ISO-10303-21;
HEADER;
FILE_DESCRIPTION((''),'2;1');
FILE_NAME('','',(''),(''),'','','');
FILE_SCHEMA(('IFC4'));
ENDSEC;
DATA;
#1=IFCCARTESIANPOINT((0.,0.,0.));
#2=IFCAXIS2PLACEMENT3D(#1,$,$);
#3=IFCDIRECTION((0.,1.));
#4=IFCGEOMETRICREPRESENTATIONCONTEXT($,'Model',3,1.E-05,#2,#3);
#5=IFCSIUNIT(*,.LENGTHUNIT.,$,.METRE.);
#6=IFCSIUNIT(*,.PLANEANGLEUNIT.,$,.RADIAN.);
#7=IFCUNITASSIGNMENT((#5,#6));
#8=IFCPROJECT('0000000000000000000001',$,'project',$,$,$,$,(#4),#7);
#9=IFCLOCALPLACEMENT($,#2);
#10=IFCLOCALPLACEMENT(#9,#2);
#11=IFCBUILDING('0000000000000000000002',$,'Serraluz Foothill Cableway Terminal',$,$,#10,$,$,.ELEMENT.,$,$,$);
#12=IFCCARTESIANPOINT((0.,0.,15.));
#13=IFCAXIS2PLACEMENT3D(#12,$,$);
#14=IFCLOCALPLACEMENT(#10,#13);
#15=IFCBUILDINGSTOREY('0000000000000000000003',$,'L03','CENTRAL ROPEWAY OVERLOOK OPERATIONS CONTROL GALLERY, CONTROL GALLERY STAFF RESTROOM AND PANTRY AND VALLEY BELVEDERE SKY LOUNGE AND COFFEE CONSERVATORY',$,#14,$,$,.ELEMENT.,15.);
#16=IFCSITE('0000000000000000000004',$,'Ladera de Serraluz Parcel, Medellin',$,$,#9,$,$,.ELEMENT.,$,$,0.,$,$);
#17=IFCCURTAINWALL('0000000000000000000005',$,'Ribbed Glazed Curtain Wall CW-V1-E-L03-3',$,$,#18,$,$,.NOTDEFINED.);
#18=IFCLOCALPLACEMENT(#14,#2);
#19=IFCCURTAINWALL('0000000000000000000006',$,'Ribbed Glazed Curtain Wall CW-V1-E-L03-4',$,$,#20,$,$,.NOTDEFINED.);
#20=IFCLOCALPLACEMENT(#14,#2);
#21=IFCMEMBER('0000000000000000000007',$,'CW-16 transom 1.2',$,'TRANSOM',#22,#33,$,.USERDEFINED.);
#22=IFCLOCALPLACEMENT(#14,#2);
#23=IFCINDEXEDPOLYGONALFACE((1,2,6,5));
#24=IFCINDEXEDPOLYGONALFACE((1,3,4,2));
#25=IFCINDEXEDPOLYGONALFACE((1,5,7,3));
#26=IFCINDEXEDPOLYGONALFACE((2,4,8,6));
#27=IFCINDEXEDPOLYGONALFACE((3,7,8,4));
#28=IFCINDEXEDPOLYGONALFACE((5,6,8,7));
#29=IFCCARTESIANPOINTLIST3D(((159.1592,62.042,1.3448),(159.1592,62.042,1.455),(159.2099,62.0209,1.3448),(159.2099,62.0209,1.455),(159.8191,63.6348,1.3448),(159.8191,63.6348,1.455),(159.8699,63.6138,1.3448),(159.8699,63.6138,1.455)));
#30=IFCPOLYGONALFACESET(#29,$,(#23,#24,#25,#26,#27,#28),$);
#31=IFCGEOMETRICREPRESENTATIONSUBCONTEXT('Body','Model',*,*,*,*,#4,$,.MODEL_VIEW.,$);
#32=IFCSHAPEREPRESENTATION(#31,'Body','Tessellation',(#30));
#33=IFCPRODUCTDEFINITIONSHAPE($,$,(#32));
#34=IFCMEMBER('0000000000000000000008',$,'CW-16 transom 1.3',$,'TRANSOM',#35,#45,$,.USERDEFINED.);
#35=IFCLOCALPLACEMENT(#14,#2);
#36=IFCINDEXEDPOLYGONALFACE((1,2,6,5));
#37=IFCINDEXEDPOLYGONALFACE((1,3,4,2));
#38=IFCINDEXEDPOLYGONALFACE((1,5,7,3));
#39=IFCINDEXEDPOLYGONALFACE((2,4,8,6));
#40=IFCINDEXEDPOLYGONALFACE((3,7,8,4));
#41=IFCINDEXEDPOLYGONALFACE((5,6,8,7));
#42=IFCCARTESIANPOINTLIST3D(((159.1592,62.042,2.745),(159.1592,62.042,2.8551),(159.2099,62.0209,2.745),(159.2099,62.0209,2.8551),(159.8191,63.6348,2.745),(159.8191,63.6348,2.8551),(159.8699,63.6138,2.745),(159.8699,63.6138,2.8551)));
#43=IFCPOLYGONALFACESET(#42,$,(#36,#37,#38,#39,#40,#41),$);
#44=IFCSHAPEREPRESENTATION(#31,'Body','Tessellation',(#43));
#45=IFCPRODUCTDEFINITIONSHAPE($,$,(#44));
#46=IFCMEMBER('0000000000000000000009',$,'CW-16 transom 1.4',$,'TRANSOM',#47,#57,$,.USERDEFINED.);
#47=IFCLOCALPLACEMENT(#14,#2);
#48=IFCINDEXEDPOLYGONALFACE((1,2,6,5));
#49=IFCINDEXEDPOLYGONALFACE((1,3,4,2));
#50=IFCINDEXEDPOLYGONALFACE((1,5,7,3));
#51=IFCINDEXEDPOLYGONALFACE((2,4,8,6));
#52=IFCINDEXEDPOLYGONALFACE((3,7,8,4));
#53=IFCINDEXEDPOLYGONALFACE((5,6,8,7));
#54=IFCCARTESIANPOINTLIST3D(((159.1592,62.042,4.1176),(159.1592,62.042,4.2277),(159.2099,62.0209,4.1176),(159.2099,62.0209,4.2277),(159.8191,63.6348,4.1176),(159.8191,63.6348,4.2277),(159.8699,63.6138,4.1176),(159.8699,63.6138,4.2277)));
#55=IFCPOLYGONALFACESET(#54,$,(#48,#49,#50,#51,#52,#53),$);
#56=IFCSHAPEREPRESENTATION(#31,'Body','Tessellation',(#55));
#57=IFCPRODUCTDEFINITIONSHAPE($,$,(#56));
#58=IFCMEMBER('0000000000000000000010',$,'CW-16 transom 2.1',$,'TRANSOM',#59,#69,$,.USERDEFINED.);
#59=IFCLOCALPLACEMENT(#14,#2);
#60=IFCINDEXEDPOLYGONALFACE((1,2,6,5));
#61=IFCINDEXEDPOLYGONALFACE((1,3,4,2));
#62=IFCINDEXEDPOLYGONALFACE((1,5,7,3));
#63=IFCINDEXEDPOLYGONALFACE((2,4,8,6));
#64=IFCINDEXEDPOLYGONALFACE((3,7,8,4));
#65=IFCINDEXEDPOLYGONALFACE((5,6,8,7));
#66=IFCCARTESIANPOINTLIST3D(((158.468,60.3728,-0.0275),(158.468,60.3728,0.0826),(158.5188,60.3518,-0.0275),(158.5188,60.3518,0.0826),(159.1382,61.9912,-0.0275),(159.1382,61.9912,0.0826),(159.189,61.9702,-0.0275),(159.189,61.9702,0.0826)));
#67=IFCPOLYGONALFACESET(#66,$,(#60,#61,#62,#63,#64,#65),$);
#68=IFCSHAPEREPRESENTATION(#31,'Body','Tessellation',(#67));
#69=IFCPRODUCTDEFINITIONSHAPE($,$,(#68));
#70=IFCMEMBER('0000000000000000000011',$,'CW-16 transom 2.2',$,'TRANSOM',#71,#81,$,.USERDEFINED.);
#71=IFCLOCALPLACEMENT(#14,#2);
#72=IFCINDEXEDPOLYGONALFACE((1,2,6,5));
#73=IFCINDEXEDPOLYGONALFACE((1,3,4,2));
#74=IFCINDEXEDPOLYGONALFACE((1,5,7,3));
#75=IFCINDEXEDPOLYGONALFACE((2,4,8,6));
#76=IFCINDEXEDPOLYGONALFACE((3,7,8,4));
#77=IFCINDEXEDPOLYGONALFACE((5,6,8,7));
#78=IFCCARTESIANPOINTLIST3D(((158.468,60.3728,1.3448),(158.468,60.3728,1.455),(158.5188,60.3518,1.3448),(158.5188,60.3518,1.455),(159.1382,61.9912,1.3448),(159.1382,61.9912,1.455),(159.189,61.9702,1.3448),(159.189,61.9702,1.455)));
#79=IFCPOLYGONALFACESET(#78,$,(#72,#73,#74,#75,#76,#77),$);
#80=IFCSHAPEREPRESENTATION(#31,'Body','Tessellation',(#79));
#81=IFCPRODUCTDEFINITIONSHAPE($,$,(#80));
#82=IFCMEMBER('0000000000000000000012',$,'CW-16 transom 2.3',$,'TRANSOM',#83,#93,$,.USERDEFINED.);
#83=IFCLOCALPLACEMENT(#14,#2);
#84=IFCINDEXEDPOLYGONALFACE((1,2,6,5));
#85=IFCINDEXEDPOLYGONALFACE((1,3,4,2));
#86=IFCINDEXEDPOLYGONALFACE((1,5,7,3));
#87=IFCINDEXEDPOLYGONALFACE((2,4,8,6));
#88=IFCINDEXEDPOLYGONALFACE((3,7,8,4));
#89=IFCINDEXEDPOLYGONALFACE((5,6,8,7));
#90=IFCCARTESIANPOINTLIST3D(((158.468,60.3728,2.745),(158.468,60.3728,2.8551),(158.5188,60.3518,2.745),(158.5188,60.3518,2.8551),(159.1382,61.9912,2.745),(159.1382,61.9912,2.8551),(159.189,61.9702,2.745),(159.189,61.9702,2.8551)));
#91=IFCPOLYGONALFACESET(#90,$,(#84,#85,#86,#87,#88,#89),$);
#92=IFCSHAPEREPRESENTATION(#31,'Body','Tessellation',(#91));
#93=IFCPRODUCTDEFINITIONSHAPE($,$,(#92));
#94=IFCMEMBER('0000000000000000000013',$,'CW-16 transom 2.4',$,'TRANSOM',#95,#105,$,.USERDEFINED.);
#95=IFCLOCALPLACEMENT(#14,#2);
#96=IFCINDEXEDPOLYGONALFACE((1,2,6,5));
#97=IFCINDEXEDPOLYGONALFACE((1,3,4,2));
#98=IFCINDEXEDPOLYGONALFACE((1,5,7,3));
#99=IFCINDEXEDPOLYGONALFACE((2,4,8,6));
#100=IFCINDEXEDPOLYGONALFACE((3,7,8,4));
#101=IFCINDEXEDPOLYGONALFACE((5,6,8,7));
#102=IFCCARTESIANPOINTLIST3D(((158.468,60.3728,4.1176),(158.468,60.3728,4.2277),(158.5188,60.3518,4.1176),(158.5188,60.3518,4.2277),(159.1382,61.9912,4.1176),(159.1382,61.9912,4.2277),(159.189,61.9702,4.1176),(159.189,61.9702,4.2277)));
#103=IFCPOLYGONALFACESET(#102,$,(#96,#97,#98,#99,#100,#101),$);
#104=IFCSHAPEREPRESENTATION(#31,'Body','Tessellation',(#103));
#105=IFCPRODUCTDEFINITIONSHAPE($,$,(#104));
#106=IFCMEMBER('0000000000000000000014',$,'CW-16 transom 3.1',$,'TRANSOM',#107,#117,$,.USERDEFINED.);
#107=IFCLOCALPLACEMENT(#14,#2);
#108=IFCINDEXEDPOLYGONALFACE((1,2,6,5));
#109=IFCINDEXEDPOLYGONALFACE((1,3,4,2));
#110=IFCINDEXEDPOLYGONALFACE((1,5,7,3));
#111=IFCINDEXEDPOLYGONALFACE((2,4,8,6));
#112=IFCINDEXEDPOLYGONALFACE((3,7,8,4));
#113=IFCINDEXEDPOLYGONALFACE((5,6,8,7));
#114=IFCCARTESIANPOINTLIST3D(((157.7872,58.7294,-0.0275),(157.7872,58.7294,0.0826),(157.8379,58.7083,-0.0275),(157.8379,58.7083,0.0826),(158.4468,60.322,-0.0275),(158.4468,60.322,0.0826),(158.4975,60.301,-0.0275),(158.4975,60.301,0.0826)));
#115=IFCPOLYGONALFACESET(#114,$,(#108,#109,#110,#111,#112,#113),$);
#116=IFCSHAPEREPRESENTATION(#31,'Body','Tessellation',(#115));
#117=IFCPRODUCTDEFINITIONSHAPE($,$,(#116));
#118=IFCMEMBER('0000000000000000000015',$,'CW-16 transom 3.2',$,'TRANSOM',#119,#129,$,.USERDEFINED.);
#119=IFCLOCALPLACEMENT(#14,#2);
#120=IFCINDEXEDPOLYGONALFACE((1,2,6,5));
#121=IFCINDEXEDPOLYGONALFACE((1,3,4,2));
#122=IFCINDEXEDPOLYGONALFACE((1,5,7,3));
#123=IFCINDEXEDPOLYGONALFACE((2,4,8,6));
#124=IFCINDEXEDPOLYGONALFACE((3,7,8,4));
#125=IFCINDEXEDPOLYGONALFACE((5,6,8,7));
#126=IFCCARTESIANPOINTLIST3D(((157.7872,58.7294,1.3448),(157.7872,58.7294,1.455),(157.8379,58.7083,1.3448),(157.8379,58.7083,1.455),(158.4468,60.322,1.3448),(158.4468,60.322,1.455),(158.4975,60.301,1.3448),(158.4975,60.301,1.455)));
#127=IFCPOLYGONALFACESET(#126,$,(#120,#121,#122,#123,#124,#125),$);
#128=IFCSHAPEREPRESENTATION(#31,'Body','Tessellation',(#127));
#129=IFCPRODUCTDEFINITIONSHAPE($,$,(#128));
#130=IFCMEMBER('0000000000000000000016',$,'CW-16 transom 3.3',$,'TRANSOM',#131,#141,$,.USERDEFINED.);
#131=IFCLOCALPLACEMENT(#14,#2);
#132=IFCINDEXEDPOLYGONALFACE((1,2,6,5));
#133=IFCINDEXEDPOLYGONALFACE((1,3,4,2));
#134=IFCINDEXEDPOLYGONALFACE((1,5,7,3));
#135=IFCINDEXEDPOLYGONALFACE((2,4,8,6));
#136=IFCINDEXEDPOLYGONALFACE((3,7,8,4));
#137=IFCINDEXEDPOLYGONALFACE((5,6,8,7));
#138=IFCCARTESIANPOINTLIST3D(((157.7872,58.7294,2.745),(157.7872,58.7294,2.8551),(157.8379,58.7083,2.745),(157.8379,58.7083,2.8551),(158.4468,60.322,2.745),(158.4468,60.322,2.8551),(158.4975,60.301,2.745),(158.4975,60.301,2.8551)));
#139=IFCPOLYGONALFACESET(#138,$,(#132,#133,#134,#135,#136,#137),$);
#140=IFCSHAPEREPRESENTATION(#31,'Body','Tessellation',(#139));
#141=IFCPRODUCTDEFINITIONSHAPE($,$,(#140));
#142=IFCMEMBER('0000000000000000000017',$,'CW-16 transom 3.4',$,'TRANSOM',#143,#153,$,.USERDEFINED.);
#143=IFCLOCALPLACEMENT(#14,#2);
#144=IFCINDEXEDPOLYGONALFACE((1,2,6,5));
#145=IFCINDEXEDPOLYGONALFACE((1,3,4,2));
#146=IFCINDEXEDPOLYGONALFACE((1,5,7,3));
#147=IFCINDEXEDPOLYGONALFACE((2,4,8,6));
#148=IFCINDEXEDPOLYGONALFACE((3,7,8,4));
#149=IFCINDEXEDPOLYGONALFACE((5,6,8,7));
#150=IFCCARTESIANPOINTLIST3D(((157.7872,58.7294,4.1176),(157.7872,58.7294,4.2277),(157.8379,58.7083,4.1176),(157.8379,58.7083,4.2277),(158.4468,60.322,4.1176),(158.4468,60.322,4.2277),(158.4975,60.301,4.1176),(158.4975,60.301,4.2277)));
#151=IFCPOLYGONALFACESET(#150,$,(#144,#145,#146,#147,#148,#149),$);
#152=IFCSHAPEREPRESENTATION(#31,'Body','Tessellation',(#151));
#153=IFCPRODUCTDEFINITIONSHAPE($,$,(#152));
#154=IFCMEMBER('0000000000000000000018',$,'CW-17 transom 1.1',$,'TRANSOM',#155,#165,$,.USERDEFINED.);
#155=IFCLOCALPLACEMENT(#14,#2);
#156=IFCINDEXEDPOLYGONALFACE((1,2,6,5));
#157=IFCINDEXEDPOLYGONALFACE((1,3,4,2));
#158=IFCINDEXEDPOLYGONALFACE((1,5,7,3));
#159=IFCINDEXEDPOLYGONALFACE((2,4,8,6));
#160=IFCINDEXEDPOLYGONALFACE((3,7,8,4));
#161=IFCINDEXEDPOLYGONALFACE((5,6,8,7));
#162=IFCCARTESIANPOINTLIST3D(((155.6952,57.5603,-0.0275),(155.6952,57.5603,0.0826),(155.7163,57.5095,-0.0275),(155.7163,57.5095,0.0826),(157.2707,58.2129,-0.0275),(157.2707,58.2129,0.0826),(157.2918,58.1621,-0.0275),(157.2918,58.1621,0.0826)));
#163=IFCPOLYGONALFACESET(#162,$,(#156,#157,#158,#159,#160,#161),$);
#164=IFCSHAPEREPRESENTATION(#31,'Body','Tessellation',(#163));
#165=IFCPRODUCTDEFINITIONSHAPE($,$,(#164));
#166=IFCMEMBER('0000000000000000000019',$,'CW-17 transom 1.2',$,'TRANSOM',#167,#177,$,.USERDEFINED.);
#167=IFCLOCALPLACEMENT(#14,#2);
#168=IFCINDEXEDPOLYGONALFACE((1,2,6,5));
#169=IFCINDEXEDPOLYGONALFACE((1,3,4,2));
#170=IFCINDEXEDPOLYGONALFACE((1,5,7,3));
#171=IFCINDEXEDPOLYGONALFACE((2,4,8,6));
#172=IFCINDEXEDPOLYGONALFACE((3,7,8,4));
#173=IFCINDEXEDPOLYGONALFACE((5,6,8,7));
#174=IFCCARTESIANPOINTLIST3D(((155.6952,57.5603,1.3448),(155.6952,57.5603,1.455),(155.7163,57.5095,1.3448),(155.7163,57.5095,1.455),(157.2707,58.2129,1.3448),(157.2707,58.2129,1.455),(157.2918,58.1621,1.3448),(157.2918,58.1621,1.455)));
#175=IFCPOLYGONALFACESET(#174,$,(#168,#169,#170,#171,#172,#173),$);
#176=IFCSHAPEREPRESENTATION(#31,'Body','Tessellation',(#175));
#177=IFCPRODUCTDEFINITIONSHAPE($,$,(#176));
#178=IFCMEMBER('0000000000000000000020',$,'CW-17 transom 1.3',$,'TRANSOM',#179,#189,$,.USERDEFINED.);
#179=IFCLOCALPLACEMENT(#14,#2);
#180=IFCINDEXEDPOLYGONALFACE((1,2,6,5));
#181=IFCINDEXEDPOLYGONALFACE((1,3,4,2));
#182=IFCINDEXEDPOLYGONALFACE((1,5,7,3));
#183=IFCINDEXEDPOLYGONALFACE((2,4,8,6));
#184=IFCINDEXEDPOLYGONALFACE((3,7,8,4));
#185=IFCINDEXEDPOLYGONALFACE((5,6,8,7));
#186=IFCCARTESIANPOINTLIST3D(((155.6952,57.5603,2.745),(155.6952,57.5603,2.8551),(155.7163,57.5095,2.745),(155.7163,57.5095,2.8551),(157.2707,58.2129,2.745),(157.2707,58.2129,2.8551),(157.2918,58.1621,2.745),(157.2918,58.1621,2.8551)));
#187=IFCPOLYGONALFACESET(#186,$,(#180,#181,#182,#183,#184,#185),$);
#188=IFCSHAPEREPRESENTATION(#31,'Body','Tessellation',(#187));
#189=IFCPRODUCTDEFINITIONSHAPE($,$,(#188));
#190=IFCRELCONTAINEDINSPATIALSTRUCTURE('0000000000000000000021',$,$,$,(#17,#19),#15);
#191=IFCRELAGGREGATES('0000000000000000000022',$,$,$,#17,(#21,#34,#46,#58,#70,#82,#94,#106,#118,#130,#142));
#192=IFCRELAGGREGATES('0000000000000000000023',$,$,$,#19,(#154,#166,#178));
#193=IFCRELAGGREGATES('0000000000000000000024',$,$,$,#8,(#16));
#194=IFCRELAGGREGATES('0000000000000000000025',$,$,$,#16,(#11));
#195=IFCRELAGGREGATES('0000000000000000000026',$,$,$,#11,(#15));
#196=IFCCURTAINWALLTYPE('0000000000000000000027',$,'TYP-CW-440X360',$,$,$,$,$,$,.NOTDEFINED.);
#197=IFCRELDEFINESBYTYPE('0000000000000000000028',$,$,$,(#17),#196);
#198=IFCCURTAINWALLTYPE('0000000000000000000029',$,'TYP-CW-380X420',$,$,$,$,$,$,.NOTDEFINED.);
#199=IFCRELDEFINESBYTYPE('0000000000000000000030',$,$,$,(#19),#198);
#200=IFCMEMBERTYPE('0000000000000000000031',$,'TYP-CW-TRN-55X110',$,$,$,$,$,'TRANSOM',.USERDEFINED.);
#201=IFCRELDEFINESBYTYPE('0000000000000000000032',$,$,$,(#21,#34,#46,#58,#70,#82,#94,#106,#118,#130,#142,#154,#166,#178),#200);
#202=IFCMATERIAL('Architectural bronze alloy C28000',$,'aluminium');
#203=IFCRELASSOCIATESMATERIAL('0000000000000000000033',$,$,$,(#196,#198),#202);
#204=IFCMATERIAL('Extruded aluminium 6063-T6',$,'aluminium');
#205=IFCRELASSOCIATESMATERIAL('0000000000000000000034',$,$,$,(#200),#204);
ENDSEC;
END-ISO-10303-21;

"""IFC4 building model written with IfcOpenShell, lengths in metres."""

from ifc_helpers import new_model, si_unit, direction, frame, origin, origin_2d, place, context, subcontext, project, spatial, rectangle, extrude, material, material_profile, profile_set, type_object, element, aggregate, save


model = new_model("IFC4")

# Units and contexts
model_context = context("Model", 3, precision=1e-05, world=origin(), true_north=direction((0.0, 1.0)))
body_context = subcontext(model_context, "Body", "Model", "MODEL_VIEW")
ifc_project = project(units=[si_unit("LENGTHUNIT", "METRE"), si_unit("PLANEANGLEUNIT", "RADIAN")], contexts=[model_context])

# Site, building, storey
site_placement = place(None, origin())
site = spatial("IfcSite", under=ifc_project, at=site_placement, Name="Ladera de Serraluz Parcel, Medellin", CompositionType="ELEMENT", RefElevation=0.0)
building_placement = place(site_placement, origin())
building = spatial("IfcBuilding", under=site, at=building_placement, Name="Serraluz Foothill Cableway Terminal", CompositionType="ELEMENT")
storey_placement = place(building_placement, frame((0.0, 0.0, 15.0)))
storey = spatial("IfcBuildingStorey", under=building, at=storey_placement, Name="L03", Description="CENTRAL ROPEWAY OVERLOOK OPERATIONS CONTROL GALLERY, CONTROL GALLERY STAFF RESTROOM AND PANTRY AND VALLEY BELVEDERE SKY LOUNGE AND COFFEE CONSERVATORY", CompositionType="ELEMENT", Elevation=15.0)

# Curtain wall
ifc_material_1 = material(Name="Architectural bronze alloy C28000", Category="aluminium")
curtain_wall_type_1 = type_object("IfcCurtainWallType", Name="TYP-CW-440X360", PredefinedType="NOTDEFINED", material=ifc_material_1)
curtain_wall_1_placement = place(storey_placement, origin())
curtain_wall_1 = element("IfcCurtainWall", 1, at=curtain_wall_1_placement, inside=storey, type_object=curtain_wall_type_1, Name="Ribbed Glazed Curtain Wall CW-V1-E-L03-3", PredefinedType="NOTDEFINED")
ifc_material_2 = material(Name="Extruded aluminium 6063-T6", Category="aluminium")

# Curtain wall
curtain_wall_type_2 = type_object("IfcCurtainWallType", Name="TYP-CW-380X420", PredefinedType="NOTDEFINED", material=ifc_material_1)
curtain_wall_2_placement = place(storey_placement, origin())
curtain_wall_2 = element("IfcCurtainWall", 2, at=curtain_wall_2_placement, inside=storey, type_object=curtain_wall_type_2, Name="Ribbed Glazed Curtain Wall CW-V1-E-L03-4", PredefinedType="NOTDEFINED")

# Members
ifc_material_profile_1 = material_profile(ifc_material_2, rectangle(XDim=0.0549, YDim=0.1101, at=origin_2d()), Name="ALU TRANSOM 55x110")
ifc_profile_set_1 = profile_set([ifc_material_profile_1], Name="Extruded aluminium 6063-T6")
member_type_1 = type_object("IfcMemberType", Name="TYP-CW-TRN-55X110", ElementType="TRANSOM", PredefinedType="USERDEFINED", material=ifc_profile_set_1)
member_1_placement = place(storey_placement, frame((159.8445, 63.6243, 1.3999), z_axis=(-0.382765, -0.923846, 0.0), x_axis=(0.923846, -0.382765, 0.0)))
member_1 = element("IfcMember", 3, at=member_1_placement, type_object=member_type_1, Name="CW-16 transom 1.2", ObjectType="TRANSOM", PredefinedType="USERDEFINED", context=body_context, shape_type="SweptSolid", body=[
    extrude(rectangle(XDim=0.0549, YDim=0.1101, at=origin_2d()), origin(), (0.0, 0.0, 1.0), 1.7241),
])
member_2_placement = place(storey_placement, frame((159.8445, 63.6243, 2.8), z_axis=(-0.382765, -0.923846, 0.0), x_axis=(0.923846, -0.382765, 0.0)))
member_2 = element("IfcMember", 4, at=member_2_placement, type_object=member_type_1, Name="CW-16 transom 1.3", ObjectType="TRANSOM", PredefinedType="USERDEFINED", context=body_context, shape_type="SweptSolid", body=[
    extrude(rectangle(XDim=0.0549, YDim=0.1101, at=origin_2d()), origin(), (0.0, 0.0, 1.0), 1.7241),
])
member_3_placement = place(storey_placement, frame((159.8445, 63.6243, 4.1726), z_axis=(-0.382765, -0.923846, 0.0), x_axis=(0.923846, -0.382765, 0.0)))
member_3 = element("IfcMember", 5, at=member_3_placement, type_object=member_type_1, Name="CW-16 transom 1.4", ObjectType="TRANSOM", PredefinedType="USERDEFINED", context=body_context, shape_type="SweptSolid", body=[
    extrude(rectangle(XDim=0.0549, YDim=0.1101, at=origin_2d()), origin(), (0.0, 0.0, 1.0), 1.7241),
])
member_4_placement = place(storey_placement, frame((159.1636, 61.9807, 0.0276), z_axis=(-0.382586, -0.92392, 0.0), x_axis=(0.92392, -0.382586, 0.0)))
member_4 = element("IfcMember", 6, at=member_4_placement, type_object=member_type_1, Name="CW-16 transom 2.1", ObjectType="TRANSOM", PredefinedType="USERDEFINED", context=body_context, shape_type="SweptSolid", body=[
    extrude(rectangle(XDim=0.0549, YDim=0.1101, at=origin_2d()), origin(), (0.0, 0.0, 1.0), 1.7517),
])
member_5_placement = place(storey_placement, frame((159.1636, 61.9807, 1.3999), z_axis=(-0.382586, -0.92392, 0.0), x_axis=(0.92392, -0.382586, 0.0)))
member_5 = element("IfcMember", 7, at=member_5_placement, type_object=member_type_1, Name="CW-16 transom 2.2", ObjectType="TRANSOM", PredefinedType="USERDEFINED", context=body_context, shape_type="SweptSolid", body=[
    extrude(rectangle(XDim=0.0549, YDim=0.1101, at=origin_2d()), origin(), (0.0, 0.0, 1.0), 1.7517),
])
member_6_placement = place(storey_placement, frame((159.1636, 61.9807, 2.8), z_axis=(-0.382586, -0.92392, 0.0), x_axis=(0.92392, -0.382586, 0.0)))
member_6 = element("IfcMember", 8, at=member_6_placement, type_object=member_type_1, Name="CW-16 transom 2.3", ObjectType="TRANSOM", PredefinedType="USERDEFINED", context=body_context, shape_type="SweptSolid", body=[
    extrude(rectangle(XDim=0.0549, YDim=0.1101, at=origin_2d()), origin(), (0.0, 0.0, 1.0), 1.7517),
])
member_7_placement = place(storey_placement, frame((159.1636, 61.9807, 4.1726), z_axis=(-0.382586, -0.92392, 0.0), x_axis=(0.92392, -0.382586, 0.0)))
member_7 = element("IfcMember", 9, at=member_7_placement, type_object=member_type_1, Name="CW-16 transom 2.4", ObjectType="TRANSOM", PredefinedType="USERDEFINED", context=body_context, shape_type="SweptSolid", body=[
    extrude(rectangle(XDim=0.0549, YDim=0.1101, at=origin_2d()), origin(), (0.0, 0.0, 1.0), 1.7517),
])
member_8_placement = place(storey_placement, frame((158.4722, 60.3115, 0.0276), z_axis=(-0.382644, -0.923896, 0.0), x_axis=(0.923896, -0.382644, 0.0)))
member_8 = element("IfcMember", 10, at=member_8_placement, type_object=member_type_1, Name="CW-16 transom 3.1", ObjectType="TRANSOM", PredefinedType="USERDEFINED", context=body_context, shape_type="SweptSolid", body=[
    extrude(rectangle(XDim=0.0549, YDim=0.1101, at=origin_2d()), origin(), (0.0, 0.0, 1.0), 1.7239),
])
member_9_placement = place(storey_placement, frame((158.4722, 60.3115, 1.3999), z_axis=(-0.382644, -0.923896, 0.0), x_axis=(0.923896, -0.382644, 0.0)))
member_9 = element("IfcMember", 11, at=member_9_placement, type_object=member_type_1, Name="CW-16 transom 3.2", ObjectType="TRANSOM", PredefinedType="USERDEFINED", context=body_context, shape_type="SweptSolid", body=[
    extrude(rectangle(XDim=0.0549, YDim=0.1101, at=origin_2d()), origin(), (0.0, 0.0, 1.0), 1.7239),
])
member_10_placement = place(storey_placement, frame((158.4722, 60.3115, 2.8), z_axis=(-0.382644, -0.923896, 0.0), x_axis=(0.923896, -0.382644, 0.0)))
member_10 = element("IfcMember", 12, at=member_10_placement, type_object=member_type_1, Name="CW-16 transom 3.3", ObjectType="TRANSOM", PredefinedType="USERDEFINED", context=body_context, shape_type="SweptSolid", body=[
    extrude(rectangle(XDim=0.0549, YDim=0.1101, at=origin_2d()), origin(), (0.0, 0.0, 1.0), 1.7239),
])
member_11_placement = place(storey_placement, frame((158.4722, 60.3115, 4.1726), z_axis=(-0.382644, -0.923896, 0.0), x_axis=(0.923896, -0.382644, 0.0)))
member_11 = element("IfcMember", 13, at=member_11_placement, type_object=member_type_1, Name="CW-16 transom 3.4", ObjectType="TRANSOM", PredefinedType="USERDEFINED", context=body_context, shape_type="SweptSolid", body=[
    extrude(rectangle(XDim=0.0549, YDim=0.1101, at=origin_2d()), origin(), (0.0, 0.0, 1.0), 1.7239),
])
member_12_placement = place(storey_placement, frame((157.2812, 58.1875, 0.0276), z_axis=(-0.923875, -0.382693, 0.0), x_axis=(0.382693, -0.923875, 0.0)))
member_12 = element("IfcMember", 14, at=member_12_placement, type_object=member_type_1, Name="CW-17 transom 1.1", ObjectType="TRANSOM", PredefinedType="USERDEFINED", context=body_context, shape_type="SweptSolid", body=[
    extrude(rectangle(XDim=0.0549, YDim=0.1101, at=origin_2d()), origin(), (0.0, 0.0, 1.0), 1.7053),
])
member_13_placement = place(storey_placement, frame((157.2812, 58.1875, 1.3999), z_axis=(-0.923875, -0.382693, 0.0), x_axis=(0.382693, -0.923875, 0.0)))
member_13 = element("IfcMember", 15, at=member_13_placement, type_object=member_type_1, Name="CW-17 transom 1.2", ObjectType="TRANSOM", PredefinedType="USERDEFINED", context=body_context, shape_type="SweptSolid", body=[
    extrude(rectangle(XDim=0.0549, YDim=0.1101, at=origin_2d()), origin(), (0.0, 0.0, 1.0), 1.7053),
])
member_14_placement = place(storey_placement, frame((157.2812, 58.1875, 2.8), z_axis=(-0.923875, -0.382693, 0.0), x_axis=(0.382693, -0.923875, 0.0)))
member_14 = element("IfcMember", 16, at=member_14_placement, type_object=member_type_1, Name="CW-17 transom 1.3", ObjectType="TRANSOM", PredefinedType="USERDEFINED", context=body_context, shape_type="SweptSolid", body=[
    extrude(rectangle(XDim=0.0549, YDim=0.1101, at=origin_2d()), origin(), (0.0, 0.0, 1.0), 1.7053),
])

aggregate(curtain_wall_1, [member_1, member_2, member_3, member_4, member_5, member_6, member_7, member_8, member_9, member_10, member_11])
aggregate(curtain_wall_2, [member_12, member_13, member_14])

save(model, "model.ifc")
